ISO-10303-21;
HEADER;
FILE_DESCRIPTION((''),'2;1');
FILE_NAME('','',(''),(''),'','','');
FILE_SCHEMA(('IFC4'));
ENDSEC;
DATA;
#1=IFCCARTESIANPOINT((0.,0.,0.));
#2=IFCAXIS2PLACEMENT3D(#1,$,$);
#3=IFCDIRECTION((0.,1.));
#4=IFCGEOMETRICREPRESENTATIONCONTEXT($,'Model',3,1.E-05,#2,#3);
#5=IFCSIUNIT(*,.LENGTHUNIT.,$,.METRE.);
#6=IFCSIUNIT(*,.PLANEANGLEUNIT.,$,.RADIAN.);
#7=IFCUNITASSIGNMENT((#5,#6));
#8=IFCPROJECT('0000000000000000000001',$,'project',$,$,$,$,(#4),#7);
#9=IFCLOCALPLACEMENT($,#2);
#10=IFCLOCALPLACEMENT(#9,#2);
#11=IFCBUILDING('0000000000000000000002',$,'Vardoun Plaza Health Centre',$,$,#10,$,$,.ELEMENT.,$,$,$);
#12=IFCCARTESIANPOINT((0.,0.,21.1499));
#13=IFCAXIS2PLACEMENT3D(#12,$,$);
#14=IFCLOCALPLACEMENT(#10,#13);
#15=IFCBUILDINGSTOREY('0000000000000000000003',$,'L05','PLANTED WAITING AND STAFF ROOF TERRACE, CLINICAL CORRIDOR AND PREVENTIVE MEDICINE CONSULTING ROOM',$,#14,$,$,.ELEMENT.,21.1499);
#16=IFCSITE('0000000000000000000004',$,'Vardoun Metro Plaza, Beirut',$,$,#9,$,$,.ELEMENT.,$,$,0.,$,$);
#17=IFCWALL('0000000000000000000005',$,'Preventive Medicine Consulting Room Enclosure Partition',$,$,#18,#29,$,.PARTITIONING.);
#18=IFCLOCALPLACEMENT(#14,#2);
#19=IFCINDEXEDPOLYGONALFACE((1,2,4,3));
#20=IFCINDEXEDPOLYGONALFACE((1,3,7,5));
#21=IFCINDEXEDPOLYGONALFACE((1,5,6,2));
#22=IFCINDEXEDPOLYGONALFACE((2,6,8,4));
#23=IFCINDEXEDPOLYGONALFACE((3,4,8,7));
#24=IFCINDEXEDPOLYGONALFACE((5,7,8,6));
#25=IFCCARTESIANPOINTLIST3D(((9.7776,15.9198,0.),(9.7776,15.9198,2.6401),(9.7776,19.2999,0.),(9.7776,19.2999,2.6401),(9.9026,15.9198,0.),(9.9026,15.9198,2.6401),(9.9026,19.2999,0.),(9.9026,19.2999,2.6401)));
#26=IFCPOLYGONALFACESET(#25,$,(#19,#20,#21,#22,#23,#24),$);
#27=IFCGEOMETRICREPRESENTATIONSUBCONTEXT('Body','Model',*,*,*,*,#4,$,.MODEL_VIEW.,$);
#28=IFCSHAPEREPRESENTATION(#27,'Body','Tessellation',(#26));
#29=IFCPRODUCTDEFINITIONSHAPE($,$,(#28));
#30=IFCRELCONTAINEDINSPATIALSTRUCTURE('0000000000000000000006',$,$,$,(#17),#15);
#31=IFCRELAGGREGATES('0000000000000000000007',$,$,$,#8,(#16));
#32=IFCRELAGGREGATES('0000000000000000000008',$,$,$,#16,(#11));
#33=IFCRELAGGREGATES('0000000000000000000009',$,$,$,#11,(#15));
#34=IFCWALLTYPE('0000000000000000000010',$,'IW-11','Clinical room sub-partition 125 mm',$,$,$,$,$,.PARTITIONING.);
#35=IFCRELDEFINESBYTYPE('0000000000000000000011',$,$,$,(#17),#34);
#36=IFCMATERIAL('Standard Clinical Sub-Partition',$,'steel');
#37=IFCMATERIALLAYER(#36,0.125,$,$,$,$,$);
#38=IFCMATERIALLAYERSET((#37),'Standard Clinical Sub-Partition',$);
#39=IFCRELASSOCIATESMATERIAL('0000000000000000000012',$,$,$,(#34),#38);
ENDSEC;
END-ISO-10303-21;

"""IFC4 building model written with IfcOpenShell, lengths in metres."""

from ifc_helpers import new_model, si_unit, direction, frame, frame_2d, origin, place, context, subcontext, project, spatial, rectangle, extrude, material, layer, layer_set, type_object, element, save


model = new_model("IFC4")

# Units and contexts
model_context = context("Model", 3, precision=1e-05, world=origin(), true_north=direction((0.0, 1.0)))
body_context = subcontext(model_context, "Body", "Model", "MODEL_VIEW")
ifc_project = project(units=[si_unit("LENGTHUNIT", "METRE"), si_unit("PLANEANGLEUNIT", "RADIAN")], contexts=[model_context])

# Site, building, storey
site_placement = place(None, origin())
site = spatial("IfcSite", under=ifc_project, at=site_placement, Name="Vardoun Metro Plaza, Beirut", CompositionType="ELEMENT", RefElevation=0.0)
building_placement = place(site_placement, origin())
building = spatial("IfcBuilding", under=site, at=building_placement, Name="Vardoun Plaza Health Centre", CompositionType="ELEMENT")
storey_placement = place(building_placement, frame((0.0, 0.0, 21.1499)))
storey = spatial("IfcBuildingStorey", under=building, at=storey_placement, Name="L05", Description="PLANTED WAITING AND STAFF ROOF TERRACE, CLINICAL CORRIDOR AND PREVENTIVE MEDICINE CONSULTING ROOM", CompositionType="ELEMENT", Elevation=21.1499)

# Wall
ifc_material_1 = material(Name="Standard Clinical Sub-Partition", Category="steel")
ifc_layer_1 = layer(ifc_material_1, 0.125)
ifc_layer_set_1 = layer_set([ifc_layer_1], Name="Standard Clinical Sub-Partition")
wall_type_1 = type_object("IfcWallType", Name="IW-11", Description="Clinical room sub-partition 125 mm", PredefinedType="PARTITIONING", material=ifc_layer_set_1)
wall_1_placement = place(storey_placement, frame((9.8401, 15.9199, 0.0), z_axis=(0.0, 0.0, 1.0), x_axis=(0.0, 1.0, 0.0)))
element("IfcWall", 1, at=wall_1_placement, inside=storey, type_object=wall_type_1, Name="Preventive Medicine Consulting Room Enclosure Partition", PredefinedType="PARTITIONING", context=body_context, shape_type="SweptSolid", body=[
    extrude(rectangle(XDim=3.3801, YDim=0.125, at=frame_2d((1.6899, 0.0))), origin(), (0.0, 0.0, 1.0), 2.6401),
])

save(model, "model.ifc")
